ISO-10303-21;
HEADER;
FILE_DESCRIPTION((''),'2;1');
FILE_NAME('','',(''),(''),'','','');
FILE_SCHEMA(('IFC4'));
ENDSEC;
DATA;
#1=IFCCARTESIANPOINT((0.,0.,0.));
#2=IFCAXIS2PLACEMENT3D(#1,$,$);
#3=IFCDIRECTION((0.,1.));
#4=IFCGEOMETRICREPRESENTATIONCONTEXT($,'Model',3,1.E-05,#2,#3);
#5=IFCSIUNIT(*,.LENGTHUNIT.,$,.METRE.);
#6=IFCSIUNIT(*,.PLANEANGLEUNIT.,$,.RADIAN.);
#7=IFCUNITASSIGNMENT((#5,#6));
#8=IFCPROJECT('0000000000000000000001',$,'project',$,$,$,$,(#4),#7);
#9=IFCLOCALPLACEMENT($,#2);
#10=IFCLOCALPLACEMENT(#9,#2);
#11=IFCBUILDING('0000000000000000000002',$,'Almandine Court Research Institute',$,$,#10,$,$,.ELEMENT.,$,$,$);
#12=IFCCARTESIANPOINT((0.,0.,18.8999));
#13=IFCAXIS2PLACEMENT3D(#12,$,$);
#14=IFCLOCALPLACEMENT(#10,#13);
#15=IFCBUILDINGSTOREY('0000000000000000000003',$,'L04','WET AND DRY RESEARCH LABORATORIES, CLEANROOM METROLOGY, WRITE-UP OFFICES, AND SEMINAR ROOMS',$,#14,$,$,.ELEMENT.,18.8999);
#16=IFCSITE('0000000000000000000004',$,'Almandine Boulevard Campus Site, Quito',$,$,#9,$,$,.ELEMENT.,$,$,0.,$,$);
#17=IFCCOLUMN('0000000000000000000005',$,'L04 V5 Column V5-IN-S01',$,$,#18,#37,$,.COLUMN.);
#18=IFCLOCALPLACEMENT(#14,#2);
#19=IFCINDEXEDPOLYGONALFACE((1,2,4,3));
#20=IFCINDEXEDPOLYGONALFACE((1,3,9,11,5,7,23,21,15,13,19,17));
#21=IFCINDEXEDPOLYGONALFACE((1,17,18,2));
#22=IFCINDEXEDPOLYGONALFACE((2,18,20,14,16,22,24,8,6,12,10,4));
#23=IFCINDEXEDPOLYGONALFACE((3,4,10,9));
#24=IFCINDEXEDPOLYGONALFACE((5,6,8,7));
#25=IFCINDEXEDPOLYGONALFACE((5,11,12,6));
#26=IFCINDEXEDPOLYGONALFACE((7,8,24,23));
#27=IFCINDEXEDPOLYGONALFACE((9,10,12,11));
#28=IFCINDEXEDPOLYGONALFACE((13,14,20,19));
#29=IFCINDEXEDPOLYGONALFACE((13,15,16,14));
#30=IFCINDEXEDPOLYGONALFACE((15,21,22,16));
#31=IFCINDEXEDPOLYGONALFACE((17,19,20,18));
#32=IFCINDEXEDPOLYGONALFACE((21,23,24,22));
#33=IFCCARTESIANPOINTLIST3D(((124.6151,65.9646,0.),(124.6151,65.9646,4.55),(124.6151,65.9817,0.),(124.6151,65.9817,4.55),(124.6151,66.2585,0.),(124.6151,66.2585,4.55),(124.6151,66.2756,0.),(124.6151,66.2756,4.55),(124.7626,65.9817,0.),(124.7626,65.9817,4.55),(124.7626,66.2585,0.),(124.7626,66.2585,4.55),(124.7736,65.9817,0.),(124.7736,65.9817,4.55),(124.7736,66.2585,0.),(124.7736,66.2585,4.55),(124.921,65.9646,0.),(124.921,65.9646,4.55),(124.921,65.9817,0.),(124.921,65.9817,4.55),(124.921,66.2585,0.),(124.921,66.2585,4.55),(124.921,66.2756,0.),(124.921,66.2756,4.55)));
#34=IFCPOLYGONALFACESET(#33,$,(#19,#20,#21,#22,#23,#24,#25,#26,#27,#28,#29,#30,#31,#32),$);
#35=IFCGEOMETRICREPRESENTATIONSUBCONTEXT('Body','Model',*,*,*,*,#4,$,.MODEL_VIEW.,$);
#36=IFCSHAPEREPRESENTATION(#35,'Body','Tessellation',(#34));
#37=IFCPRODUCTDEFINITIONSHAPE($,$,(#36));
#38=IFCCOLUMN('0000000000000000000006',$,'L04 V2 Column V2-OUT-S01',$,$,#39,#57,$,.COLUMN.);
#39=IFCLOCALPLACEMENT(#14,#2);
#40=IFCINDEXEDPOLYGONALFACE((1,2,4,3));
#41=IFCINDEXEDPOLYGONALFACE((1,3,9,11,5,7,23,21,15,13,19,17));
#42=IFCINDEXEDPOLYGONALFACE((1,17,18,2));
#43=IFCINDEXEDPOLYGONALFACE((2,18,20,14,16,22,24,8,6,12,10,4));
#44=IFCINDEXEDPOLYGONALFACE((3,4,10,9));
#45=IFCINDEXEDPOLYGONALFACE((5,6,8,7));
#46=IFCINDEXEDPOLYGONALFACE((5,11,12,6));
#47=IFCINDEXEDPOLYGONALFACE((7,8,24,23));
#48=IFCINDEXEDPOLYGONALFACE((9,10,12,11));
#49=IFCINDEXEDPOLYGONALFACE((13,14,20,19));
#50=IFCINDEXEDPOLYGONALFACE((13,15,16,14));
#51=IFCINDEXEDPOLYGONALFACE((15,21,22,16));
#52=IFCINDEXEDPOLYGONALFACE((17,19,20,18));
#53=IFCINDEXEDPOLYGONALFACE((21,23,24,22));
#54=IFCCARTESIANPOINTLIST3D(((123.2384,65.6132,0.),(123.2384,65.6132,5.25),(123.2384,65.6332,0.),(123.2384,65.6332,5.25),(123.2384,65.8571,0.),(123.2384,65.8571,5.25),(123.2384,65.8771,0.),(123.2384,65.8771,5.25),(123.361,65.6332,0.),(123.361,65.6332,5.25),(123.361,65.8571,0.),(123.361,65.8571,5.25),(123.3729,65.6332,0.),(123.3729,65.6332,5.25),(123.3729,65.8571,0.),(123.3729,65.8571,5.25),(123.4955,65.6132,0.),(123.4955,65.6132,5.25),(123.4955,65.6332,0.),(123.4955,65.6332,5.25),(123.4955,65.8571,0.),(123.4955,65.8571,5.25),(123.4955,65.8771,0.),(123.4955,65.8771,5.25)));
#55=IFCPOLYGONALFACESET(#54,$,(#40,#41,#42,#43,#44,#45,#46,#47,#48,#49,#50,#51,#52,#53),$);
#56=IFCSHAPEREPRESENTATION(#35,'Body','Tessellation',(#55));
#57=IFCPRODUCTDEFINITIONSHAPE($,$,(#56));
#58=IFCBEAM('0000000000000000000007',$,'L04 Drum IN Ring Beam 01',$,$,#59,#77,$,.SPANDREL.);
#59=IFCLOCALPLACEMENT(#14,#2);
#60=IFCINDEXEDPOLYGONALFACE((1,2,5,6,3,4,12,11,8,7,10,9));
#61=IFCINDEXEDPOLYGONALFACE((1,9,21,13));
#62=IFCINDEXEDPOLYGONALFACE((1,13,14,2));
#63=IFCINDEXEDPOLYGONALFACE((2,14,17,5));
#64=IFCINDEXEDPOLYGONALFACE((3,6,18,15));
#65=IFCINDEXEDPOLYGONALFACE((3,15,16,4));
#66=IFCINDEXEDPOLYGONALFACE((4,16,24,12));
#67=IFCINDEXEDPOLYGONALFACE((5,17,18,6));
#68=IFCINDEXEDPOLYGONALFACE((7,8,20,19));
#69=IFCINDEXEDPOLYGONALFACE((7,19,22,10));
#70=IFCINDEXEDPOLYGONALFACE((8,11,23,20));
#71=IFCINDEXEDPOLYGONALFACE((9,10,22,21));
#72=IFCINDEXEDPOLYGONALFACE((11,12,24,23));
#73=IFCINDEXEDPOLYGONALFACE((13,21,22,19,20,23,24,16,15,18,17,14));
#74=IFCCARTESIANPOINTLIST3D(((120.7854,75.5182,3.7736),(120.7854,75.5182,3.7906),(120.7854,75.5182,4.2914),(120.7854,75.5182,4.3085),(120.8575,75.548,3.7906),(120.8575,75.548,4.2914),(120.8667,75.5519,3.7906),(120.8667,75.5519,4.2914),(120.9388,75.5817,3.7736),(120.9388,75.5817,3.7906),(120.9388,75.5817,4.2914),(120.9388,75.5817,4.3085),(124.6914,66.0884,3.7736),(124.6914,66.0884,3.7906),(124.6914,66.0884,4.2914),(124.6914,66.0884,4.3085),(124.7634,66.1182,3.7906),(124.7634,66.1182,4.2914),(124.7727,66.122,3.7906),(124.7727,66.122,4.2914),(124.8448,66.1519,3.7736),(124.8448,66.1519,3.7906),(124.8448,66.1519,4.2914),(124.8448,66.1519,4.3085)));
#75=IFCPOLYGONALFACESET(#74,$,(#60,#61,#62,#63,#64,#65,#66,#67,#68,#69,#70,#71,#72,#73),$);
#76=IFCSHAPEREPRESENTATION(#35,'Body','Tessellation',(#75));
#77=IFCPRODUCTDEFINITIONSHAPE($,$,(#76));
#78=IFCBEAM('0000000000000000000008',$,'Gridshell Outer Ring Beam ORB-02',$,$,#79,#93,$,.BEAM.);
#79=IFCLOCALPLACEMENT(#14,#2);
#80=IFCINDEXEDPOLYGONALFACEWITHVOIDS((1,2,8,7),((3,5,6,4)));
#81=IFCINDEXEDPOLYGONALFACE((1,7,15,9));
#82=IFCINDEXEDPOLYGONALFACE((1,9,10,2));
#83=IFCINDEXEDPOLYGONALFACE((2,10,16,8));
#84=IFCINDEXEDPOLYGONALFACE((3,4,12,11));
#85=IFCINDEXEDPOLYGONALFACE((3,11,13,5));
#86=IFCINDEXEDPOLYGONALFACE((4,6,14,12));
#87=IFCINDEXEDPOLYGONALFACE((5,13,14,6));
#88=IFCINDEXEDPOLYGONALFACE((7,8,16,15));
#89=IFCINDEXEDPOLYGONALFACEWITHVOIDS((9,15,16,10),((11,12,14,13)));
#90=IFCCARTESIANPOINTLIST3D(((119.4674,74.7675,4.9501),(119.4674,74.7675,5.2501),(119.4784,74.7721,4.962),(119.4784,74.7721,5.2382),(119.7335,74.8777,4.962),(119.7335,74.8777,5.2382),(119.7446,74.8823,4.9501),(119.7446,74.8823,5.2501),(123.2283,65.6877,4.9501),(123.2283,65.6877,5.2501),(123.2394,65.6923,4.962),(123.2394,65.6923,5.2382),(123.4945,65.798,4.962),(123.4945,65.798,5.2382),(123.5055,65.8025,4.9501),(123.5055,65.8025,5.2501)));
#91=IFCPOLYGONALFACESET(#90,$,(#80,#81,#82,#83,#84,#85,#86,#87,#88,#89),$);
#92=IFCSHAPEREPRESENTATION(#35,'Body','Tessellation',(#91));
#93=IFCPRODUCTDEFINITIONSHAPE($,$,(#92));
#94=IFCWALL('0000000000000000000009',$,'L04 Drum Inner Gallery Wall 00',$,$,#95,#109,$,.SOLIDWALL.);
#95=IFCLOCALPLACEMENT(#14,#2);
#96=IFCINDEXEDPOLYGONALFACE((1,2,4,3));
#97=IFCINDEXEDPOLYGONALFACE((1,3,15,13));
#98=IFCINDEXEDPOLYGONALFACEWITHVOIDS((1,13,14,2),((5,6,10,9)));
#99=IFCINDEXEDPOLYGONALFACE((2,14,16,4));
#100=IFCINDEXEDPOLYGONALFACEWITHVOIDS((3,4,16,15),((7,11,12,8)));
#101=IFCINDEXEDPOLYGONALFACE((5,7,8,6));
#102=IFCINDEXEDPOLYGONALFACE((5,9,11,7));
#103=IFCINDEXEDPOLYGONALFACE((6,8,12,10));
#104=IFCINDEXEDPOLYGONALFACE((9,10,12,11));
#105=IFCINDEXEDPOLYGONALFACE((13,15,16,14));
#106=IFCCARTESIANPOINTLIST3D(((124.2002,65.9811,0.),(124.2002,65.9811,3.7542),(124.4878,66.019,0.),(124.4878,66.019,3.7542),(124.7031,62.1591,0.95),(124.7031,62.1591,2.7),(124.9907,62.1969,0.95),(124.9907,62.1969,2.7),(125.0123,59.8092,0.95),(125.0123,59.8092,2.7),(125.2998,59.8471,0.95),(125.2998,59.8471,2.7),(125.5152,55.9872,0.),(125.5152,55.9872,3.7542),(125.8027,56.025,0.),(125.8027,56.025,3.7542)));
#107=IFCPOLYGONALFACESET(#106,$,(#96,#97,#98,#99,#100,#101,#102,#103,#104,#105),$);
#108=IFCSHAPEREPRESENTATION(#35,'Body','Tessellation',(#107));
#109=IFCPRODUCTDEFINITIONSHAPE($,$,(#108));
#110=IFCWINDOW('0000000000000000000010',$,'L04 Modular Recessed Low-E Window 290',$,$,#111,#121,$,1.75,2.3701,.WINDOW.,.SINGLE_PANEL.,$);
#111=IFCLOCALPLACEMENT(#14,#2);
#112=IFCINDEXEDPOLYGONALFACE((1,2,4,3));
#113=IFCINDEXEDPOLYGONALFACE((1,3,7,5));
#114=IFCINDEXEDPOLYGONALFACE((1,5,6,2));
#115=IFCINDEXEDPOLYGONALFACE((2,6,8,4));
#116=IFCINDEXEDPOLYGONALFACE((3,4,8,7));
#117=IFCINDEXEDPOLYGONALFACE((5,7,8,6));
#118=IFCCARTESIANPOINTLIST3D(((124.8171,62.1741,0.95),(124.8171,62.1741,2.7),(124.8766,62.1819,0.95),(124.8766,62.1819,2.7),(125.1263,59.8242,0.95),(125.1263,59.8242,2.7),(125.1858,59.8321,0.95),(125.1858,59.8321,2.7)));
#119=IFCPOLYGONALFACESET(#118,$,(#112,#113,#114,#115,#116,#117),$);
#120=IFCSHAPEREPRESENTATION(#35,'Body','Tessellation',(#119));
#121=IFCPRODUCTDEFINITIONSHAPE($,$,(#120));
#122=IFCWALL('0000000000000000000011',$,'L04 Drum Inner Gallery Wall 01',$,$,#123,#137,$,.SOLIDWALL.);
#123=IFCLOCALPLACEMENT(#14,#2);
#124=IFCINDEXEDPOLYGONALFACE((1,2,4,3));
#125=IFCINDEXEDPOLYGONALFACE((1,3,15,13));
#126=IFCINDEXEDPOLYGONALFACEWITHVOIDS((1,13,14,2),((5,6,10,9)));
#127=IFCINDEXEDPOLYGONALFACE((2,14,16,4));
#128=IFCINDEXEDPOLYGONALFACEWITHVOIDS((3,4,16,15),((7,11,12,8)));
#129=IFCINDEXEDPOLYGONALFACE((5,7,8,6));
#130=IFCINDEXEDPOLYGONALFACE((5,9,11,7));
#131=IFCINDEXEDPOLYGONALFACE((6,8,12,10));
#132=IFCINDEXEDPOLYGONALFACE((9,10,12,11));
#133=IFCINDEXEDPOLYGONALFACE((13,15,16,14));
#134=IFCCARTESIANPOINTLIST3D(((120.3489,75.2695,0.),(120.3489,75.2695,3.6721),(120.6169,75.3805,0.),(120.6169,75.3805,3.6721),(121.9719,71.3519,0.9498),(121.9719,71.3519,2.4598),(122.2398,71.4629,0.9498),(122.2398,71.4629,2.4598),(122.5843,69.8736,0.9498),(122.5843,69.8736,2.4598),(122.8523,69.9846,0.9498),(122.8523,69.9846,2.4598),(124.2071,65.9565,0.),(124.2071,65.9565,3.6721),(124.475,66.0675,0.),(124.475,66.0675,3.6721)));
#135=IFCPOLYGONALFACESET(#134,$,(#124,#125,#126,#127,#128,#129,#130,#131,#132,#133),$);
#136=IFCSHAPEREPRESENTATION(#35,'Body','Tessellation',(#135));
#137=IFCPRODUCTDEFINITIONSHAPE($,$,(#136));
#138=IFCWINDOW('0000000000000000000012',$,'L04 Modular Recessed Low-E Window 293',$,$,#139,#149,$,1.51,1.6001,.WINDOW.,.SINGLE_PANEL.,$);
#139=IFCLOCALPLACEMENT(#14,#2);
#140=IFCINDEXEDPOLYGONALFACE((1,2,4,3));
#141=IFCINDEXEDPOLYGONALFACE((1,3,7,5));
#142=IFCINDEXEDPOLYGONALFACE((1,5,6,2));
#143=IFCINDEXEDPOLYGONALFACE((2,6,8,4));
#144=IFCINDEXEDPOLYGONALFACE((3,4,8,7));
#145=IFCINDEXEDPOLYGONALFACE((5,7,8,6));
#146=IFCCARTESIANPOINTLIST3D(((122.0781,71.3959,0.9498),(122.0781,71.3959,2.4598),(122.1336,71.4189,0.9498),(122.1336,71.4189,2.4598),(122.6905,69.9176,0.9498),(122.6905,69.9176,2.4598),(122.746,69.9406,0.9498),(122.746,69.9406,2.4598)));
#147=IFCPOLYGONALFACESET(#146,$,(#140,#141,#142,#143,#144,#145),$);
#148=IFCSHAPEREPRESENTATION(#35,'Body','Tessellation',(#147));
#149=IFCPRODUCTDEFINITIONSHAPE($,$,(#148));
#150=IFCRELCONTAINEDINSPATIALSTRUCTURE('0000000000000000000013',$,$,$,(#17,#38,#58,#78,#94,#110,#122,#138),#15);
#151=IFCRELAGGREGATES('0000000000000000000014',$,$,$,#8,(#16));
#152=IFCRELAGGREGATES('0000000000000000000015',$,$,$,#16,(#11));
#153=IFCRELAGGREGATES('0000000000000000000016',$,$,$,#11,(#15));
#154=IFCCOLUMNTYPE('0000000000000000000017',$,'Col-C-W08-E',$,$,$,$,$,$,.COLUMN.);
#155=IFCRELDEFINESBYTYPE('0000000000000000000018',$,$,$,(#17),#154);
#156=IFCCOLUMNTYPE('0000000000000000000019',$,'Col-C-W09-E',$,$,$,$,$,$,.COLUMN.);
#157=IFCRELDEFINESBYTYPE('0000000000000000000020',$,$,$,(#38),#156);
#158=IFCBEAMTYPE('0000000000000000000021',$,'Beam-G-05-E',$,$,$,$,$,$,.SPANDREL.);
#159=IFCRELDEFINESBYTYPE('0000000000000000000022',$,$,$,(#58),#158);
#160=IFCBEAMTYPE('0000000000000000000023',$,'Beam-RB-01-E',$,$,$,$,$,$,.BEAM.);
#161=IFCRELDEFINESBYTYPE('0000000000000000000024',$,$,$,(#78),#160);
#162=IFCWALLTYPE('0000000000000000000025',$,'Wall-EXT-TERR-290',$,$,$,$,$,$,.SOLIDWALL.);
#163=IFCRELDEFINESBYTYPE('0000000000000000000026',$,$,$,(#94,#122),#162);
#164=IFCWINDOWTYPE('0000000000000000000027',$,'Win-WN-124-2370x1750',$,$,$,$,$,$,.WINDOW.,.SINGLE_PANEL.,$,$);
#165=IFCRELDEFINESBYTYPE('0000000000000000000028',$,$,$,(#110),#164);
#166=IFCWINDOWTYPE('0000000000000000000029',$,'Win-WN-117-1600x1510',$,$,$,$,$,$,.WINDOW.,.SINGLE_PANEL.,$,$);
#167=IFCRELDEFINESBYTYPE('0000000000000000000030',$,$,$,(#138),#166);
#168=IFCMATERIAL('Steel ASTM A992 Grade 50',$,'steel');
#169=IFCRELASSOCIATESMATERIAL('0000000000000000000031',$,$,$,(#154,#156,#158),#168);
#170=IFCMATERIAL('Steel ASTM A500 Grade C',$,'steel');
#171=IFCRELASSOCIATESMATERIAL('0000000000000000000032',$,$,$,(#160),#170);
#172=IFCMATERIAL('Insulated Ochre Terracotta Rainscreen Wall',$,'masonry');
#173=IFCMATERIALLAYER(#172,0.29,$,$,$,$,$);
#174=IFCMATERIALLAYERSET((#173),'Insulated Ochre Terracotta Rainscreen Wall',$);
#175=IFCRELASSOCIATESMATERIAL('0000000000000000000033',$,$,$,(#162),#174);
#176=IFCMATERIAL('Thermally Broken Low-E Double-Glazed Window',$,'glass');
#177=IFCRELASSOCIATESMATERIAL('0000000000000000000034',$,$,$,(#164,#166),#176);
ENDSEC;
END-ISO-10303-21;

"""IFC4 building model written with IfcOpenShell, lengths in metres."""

from ifc_helpers import new_model, si_unit, direction, frame, frame_2d, origin, origin_2d, place, context, subcontext, project, spatial, rectangle, hollow_rectangle, i_section, extrude, material, layer, layer_set, material_profile, profile_set, type_object, element, fill, save


model = new_model("IFC4")

# Units and contexts
model_context = context("Model", 3, precision=1e-05, world=origin(), true_north=direction((0.0, 1.0)))
body_context = subcontext(model_context, "Body", "Model", "MODEL_VIEW")
ifc_project = project(units=[si_unit("LENGTHUNIT", "METRE"), si_unit("PLANEANGLEUNIT", "RADIAN")], contexts=[model_context])

# Site, building, storey
site_placement = place(None, origin())
site = spatial("IfcSite", under=ifc_project, at=site_placement, Name="Almandine Boulevard Campus Site, Quito", CompositionType="ELEMENT", RefElevation=0.0)
building_placement = place(site_placement, origin())
building = spatial("IfcBuilding", under=site, at=building_placement, Name="Almandine Court Research Institute", CompositionType="ELEMENT")
storey_placement = place(building_placement, frame((0.0, 0.0, 18.8999)))
storey = spatial("IfcBuildingStorey", under=building, at=storey_placement, Name="L04", Description="WET AND DRY RESEARCH LABORATORIES, CLEANROOM METROLOGY, WRITE-UP OFFICES, AND SEMINAR ROOMS", CompositionType="ELEMENT", Elevation=18.8999)

# Columns
ifc_material_1 = material(Name="Steel ASTM A992 Grade 50", Category="steel")
ifc_material_profile_1 = material_profile(ifc_material_1, i_section(OverallWidth=0.3059, OverallDepth=0.311, WebThickness=0.011, FlangeThickness=0.0171, at=origin_2d()), Name="W310x107")
ifc_profile_set_1 = profile_set([ifc_material_profile_1], Name="Steel ASTM A992 Grade 50")
column_type_1 = type_object("IfcColumnType", Name="Col-C-W08-E", PredefinedType="COLUMN", material=ifc_profile_set_1)
column_1_placement = place(storey_placement, frame((124.7681, 66.1201, 0.0), z_axis=(0.0, 0.0, 1.0), x_axis=(1.0, 0.0, 0.0)))
element("IfcColumn", 1, at=column_1_placement, inside=storey, type_object=column_type_1, Name="L04 V5 Column V5-IN-S01", PredefinedType="COLUMN", context=body_context, shape_type="SweptSolid", body=[
    extrude(i_section(OverallWidth=0.3059, OverallDepth=0.311, WebThickness=0.011, FlangeThickness=0.0171, at=origin_2d()), origin(), (0.0, 0.0, 1.0), 4.55),
])
ifc_material_profile_2 = material_profile(ifc_material_1, i_section(OverallWidth=0.2571, OverallDepth=0.2639, WebThickness=0.012, FlangeThickness=0.02, at=origin_2d()), Name="W250x101")
ifc_profile_set_2 = profile_set([ifc_material_profile_2], Name="Steel ASTM A992 Grade 50")
column_type_2 = type_object("IfcColumnType", Name="Col-C-W09-E", PredefinedType="COLUMN", material=ifc_profile_set_2)
column_2_placement = place(storey_placement, frame((123.3669, 65.7451, 0.0), z_axis=(0.0, 0.0, 1.0), x_axis=(1.0, 0.0, 0.0)))
element("IfcColumn", 2, at=column_2_placement, inside=storey, type_object=column_type_2, Name="L04 V2 Column V2-OUT-S01", PredefinedType="COLUMN", context=body_context, shape_type="SweptSolid", body=[
    extrude(i_section(OverallWidth=0.2571, OverallDepth=0.2639, WebThickness=0.012, FlangeThickness=0.02, at=origin_2d()), origin(), (0.0, 0.0, 1.0), 5.25),
])

# Beams
ifc_material_profile_3 = material_profile(ifc_material_1, i_section(OverallWidth=0.166, OverallDepth=0.5349, WebThickness=0.01, FlangeThickness=0.0171, at=origin_2d()), Name="W530x85")
ifc_profile_set_3 = profile_set([ifc_material_profile_3], Name="Steel ASTM A992 Grade 50")
beam_type_1 = type_object("IfcBeamType", Name="Beam-G-05-E", PredefinedType="SPANDREL", material=ifc_profile_set_3)
beam_1_placement = place(storey_placement, frame((124.7681, 66.1201, 4.041), z_axis=(-0.382683, 0.92388, 0.0), x_axis=(-0.92388, -0.382683, 0.0)))
element("IfcBeam", 3, at=beam_1_placement, inside=storey, type_object=beam_type_1, Name="L04 Drum IN Ring Beam 01", PredefinedType="SPANDREL", context=body_context, shape_type="SweptSolid", body=[
    extrude(i_section(OverallWidth=0.166, OverallDepth=0.5349, WebThickness=0.01, FlangeThickness=0.0171, at=origin_2d()), origin(), (0.0, 0.0, 1.0), 10.2068),
])
ifc_material_2 = material(Name="Steel ASTM A500 Grade C", Category="steel")
ifc_material_profile_4 = material_profile(ifc_material_2, hollow_rectangle(XDim=0.3, YDim=0.3, WallThickness=0.012, at=origin_2d()), Name="HSS 300x300x12")
ifc_profile_set_4 = profile_set([ifc_material_profile_4], Name="Steel ASTM A500 Grade C")
beam_type_2 = type_object("IfcBeamType", Name="Beam-RB-01-E", PredefinedType="BEAM", material=ifc_profile_set_4)
beam_2_placement = place(storey_placement, frame((123.3669, 65.7451, 5.1001), z_axis=(-0.382683, 0.92388, 0.0), x_axis=(-0.92388, -0.382683, 0.0)))
element("IfcBeam", 4, at=beam_2_placement, inside=storey, type_object=beam_type_2, Name="Gridshell Outer Ring Beam ORB-02", PredefinedType="BEAM", context=body_context, shape_type="SweptSolid", body=[
    extrude(hollow_rectangle(XDim=0.3, YDim=0.3, WallThickness=0.012, at=origin_2d()), origin(), (0.0, 0.0, 1.0), 9.8279),
])

# Walls, openings, windows
ifc_material_3 = material(Name="Insulated Ochre Terracotta Rainscreen Wall", Category="masonry")
ifc_layer_1 = layer(ifc_material_3, 0.29)
ifc_layer_set_1 = layer_set([ifc_layer_1], Name="Insulated Ochre Terracotta Rainscreen Wall")
wall_type_1 = type_object("IfcWallType", Name="Wall-EXT-TERR-290", PredefinedType="SOLIDWALL", material=ifc_layer_set_1)
wall_1_placement = place(storey_placement, frame((125.6589, 56.0061, 0.0), z_axis=(0.0, 0.0, 1.0), x_axis=(-0.13045, 0.991455, 0.0)))
wall_1 = element("IfcWall", 5, at=wall_1_placement, inside=storey, type_object=wall_type_1, Name="L04 Drum Inner Gallery Wall 00", PredefinedType="SOLIDWALL", context=body_context, shape_type="SweptSolid", body=[
    extrude(rectangle(XDim=10.0801, YDim=0.29, at=frame_2d((5.04, 0.0))), origin(), (0.0, 0.0, 1.0), 3.7542),
])
opening_1_placement = place(wall_1_placement, frame((3.855, 0.0, 0.95)))
opening_1 = element("IfcOpeningElement", 6, at=opening_1_placement, cuts=wall_1, PredefinedType="OPENING", context=body_context, shape_type="SweptSolid", body=[
    extrude(rectangle(XDim=2.3701, YDim=1.75, at=frame_2d((1.1851, 0.875))), frame((0.0, 0.155, 0.0), z_axis=(0.0, -1.0, 0.0), x_axis=(1.0, 0.0, 0.0)), (0.0, 0.0, 1.0), 0.3101),
])
ifc_material_4 = material(Name="Thermally Broken Low-E Double-Glazed Window", Category="glass")
window_type_1 = type_object("IfcWindowType", Name="Win-WN-124-2370x1750", PartitioningType="SINGLE_PANEL", PredefinedType="WINDOW", material=ifc_material_4)
window_1_placement = place(opening_1_placement, origin())
window_1 = element("IfcWindow", 7, at=window_1_placement, inside=storey, type_object=window_type_1, Name="L04 Modular Recessed Low-E Window 290", OverallHeight=1.75, OverallWidth=2.3701, PartitioningType="SINGLE_PANEL", PredefinedType="WINDOW", context=body_context, shape_type="SweptSolid", body=[
    extrude(rectangle(XDim=2.3701, YDim=1.75, at=frame_2d((1.1851, 0.875))), frame((0.0, 0.03, 0.0), z_axis=(0.0, -1.0, 0.0), x_axis=(1.0, 0.0, 0.0)), (0.0, 0.0, 1.0), 0.0601),
])
fill(opening_1, window_1)
wall_2_placement = place(storey_placement, frame((124.3411, 66.012, 0.0), z_axis=(0.0, 0.0, 1.0), x_axis=(-0.382733, 0.923859, 0.0)))
wall_2 = element("IfcWall", 8, at=wall_2_placement, inside=storey, type_object=wall_type_1, Name="L04 Drum Inner Gallery Wall 01", PredefinedType="SOLIDWALL", context=body_context, shape_type="SweptSolid", body=[
    extrude(rectangle(XDim=10.0806, YDim=0.29, at=frame_2d((5.0403, 0.0))), origin(), (0.0, 0.0, 1.0), 3.6721),
])
opening_2_placement = place(wall_2_placement, frame((4.24, 0.0, 0.95)))
opening_2 = element("IfcOpeningElement", 9, at=opening_2_placement, cuts=wall_2, PredefinedType="OPENING", context=body_context, shape_type="SweptSolid", body=[
    extrude(rectangle(XDim=1.6001, YDim=1.51, at=frame_2d((0.8, 0.7549))), frame((0.0, 0.155, 0.0), z_axis=(0.0, -1.0, 0.0), x_axis=(1.0, 0.0, 0.0)), (0.0, 0.0, 1.0), 0.3101),
])
window_type_2 = type_object("IfcWindowType", Name="Win-WN-117-1600x1510", PartitioningType="SINGLE_PANEL", PredefinedType="WINDOW", material=ifc_material_4)
window_2_placement = place(opening_2_placement, origin())
window_2 = element("IfcWindow", 10, at=window_2_placement, inside=storey, type_object=window_type_2, Name="L04 Modular Recessed Low-E Window 293", OverallHeight=1.51, OverallWidth=1.6001, PartitioningType="SINGLE_PANEL", PredefinedType="WINDOW", context=body_context, shape_type="SweptSolid", body=[
    extrude(rectangle(XDim=1.6001, YDim=1.51, at=frame_2d((0.8, 0.7549))), frame((0.0, 0.03, 0.0), z_axis=(0.0, -1.0, 0.0), x_axis=(1.0, 0.0, 0.0)), (0.0, 0.0, 1.0), 0.0601),
])
fill(opening_2, window_2)

save(model, "model.ifc")
